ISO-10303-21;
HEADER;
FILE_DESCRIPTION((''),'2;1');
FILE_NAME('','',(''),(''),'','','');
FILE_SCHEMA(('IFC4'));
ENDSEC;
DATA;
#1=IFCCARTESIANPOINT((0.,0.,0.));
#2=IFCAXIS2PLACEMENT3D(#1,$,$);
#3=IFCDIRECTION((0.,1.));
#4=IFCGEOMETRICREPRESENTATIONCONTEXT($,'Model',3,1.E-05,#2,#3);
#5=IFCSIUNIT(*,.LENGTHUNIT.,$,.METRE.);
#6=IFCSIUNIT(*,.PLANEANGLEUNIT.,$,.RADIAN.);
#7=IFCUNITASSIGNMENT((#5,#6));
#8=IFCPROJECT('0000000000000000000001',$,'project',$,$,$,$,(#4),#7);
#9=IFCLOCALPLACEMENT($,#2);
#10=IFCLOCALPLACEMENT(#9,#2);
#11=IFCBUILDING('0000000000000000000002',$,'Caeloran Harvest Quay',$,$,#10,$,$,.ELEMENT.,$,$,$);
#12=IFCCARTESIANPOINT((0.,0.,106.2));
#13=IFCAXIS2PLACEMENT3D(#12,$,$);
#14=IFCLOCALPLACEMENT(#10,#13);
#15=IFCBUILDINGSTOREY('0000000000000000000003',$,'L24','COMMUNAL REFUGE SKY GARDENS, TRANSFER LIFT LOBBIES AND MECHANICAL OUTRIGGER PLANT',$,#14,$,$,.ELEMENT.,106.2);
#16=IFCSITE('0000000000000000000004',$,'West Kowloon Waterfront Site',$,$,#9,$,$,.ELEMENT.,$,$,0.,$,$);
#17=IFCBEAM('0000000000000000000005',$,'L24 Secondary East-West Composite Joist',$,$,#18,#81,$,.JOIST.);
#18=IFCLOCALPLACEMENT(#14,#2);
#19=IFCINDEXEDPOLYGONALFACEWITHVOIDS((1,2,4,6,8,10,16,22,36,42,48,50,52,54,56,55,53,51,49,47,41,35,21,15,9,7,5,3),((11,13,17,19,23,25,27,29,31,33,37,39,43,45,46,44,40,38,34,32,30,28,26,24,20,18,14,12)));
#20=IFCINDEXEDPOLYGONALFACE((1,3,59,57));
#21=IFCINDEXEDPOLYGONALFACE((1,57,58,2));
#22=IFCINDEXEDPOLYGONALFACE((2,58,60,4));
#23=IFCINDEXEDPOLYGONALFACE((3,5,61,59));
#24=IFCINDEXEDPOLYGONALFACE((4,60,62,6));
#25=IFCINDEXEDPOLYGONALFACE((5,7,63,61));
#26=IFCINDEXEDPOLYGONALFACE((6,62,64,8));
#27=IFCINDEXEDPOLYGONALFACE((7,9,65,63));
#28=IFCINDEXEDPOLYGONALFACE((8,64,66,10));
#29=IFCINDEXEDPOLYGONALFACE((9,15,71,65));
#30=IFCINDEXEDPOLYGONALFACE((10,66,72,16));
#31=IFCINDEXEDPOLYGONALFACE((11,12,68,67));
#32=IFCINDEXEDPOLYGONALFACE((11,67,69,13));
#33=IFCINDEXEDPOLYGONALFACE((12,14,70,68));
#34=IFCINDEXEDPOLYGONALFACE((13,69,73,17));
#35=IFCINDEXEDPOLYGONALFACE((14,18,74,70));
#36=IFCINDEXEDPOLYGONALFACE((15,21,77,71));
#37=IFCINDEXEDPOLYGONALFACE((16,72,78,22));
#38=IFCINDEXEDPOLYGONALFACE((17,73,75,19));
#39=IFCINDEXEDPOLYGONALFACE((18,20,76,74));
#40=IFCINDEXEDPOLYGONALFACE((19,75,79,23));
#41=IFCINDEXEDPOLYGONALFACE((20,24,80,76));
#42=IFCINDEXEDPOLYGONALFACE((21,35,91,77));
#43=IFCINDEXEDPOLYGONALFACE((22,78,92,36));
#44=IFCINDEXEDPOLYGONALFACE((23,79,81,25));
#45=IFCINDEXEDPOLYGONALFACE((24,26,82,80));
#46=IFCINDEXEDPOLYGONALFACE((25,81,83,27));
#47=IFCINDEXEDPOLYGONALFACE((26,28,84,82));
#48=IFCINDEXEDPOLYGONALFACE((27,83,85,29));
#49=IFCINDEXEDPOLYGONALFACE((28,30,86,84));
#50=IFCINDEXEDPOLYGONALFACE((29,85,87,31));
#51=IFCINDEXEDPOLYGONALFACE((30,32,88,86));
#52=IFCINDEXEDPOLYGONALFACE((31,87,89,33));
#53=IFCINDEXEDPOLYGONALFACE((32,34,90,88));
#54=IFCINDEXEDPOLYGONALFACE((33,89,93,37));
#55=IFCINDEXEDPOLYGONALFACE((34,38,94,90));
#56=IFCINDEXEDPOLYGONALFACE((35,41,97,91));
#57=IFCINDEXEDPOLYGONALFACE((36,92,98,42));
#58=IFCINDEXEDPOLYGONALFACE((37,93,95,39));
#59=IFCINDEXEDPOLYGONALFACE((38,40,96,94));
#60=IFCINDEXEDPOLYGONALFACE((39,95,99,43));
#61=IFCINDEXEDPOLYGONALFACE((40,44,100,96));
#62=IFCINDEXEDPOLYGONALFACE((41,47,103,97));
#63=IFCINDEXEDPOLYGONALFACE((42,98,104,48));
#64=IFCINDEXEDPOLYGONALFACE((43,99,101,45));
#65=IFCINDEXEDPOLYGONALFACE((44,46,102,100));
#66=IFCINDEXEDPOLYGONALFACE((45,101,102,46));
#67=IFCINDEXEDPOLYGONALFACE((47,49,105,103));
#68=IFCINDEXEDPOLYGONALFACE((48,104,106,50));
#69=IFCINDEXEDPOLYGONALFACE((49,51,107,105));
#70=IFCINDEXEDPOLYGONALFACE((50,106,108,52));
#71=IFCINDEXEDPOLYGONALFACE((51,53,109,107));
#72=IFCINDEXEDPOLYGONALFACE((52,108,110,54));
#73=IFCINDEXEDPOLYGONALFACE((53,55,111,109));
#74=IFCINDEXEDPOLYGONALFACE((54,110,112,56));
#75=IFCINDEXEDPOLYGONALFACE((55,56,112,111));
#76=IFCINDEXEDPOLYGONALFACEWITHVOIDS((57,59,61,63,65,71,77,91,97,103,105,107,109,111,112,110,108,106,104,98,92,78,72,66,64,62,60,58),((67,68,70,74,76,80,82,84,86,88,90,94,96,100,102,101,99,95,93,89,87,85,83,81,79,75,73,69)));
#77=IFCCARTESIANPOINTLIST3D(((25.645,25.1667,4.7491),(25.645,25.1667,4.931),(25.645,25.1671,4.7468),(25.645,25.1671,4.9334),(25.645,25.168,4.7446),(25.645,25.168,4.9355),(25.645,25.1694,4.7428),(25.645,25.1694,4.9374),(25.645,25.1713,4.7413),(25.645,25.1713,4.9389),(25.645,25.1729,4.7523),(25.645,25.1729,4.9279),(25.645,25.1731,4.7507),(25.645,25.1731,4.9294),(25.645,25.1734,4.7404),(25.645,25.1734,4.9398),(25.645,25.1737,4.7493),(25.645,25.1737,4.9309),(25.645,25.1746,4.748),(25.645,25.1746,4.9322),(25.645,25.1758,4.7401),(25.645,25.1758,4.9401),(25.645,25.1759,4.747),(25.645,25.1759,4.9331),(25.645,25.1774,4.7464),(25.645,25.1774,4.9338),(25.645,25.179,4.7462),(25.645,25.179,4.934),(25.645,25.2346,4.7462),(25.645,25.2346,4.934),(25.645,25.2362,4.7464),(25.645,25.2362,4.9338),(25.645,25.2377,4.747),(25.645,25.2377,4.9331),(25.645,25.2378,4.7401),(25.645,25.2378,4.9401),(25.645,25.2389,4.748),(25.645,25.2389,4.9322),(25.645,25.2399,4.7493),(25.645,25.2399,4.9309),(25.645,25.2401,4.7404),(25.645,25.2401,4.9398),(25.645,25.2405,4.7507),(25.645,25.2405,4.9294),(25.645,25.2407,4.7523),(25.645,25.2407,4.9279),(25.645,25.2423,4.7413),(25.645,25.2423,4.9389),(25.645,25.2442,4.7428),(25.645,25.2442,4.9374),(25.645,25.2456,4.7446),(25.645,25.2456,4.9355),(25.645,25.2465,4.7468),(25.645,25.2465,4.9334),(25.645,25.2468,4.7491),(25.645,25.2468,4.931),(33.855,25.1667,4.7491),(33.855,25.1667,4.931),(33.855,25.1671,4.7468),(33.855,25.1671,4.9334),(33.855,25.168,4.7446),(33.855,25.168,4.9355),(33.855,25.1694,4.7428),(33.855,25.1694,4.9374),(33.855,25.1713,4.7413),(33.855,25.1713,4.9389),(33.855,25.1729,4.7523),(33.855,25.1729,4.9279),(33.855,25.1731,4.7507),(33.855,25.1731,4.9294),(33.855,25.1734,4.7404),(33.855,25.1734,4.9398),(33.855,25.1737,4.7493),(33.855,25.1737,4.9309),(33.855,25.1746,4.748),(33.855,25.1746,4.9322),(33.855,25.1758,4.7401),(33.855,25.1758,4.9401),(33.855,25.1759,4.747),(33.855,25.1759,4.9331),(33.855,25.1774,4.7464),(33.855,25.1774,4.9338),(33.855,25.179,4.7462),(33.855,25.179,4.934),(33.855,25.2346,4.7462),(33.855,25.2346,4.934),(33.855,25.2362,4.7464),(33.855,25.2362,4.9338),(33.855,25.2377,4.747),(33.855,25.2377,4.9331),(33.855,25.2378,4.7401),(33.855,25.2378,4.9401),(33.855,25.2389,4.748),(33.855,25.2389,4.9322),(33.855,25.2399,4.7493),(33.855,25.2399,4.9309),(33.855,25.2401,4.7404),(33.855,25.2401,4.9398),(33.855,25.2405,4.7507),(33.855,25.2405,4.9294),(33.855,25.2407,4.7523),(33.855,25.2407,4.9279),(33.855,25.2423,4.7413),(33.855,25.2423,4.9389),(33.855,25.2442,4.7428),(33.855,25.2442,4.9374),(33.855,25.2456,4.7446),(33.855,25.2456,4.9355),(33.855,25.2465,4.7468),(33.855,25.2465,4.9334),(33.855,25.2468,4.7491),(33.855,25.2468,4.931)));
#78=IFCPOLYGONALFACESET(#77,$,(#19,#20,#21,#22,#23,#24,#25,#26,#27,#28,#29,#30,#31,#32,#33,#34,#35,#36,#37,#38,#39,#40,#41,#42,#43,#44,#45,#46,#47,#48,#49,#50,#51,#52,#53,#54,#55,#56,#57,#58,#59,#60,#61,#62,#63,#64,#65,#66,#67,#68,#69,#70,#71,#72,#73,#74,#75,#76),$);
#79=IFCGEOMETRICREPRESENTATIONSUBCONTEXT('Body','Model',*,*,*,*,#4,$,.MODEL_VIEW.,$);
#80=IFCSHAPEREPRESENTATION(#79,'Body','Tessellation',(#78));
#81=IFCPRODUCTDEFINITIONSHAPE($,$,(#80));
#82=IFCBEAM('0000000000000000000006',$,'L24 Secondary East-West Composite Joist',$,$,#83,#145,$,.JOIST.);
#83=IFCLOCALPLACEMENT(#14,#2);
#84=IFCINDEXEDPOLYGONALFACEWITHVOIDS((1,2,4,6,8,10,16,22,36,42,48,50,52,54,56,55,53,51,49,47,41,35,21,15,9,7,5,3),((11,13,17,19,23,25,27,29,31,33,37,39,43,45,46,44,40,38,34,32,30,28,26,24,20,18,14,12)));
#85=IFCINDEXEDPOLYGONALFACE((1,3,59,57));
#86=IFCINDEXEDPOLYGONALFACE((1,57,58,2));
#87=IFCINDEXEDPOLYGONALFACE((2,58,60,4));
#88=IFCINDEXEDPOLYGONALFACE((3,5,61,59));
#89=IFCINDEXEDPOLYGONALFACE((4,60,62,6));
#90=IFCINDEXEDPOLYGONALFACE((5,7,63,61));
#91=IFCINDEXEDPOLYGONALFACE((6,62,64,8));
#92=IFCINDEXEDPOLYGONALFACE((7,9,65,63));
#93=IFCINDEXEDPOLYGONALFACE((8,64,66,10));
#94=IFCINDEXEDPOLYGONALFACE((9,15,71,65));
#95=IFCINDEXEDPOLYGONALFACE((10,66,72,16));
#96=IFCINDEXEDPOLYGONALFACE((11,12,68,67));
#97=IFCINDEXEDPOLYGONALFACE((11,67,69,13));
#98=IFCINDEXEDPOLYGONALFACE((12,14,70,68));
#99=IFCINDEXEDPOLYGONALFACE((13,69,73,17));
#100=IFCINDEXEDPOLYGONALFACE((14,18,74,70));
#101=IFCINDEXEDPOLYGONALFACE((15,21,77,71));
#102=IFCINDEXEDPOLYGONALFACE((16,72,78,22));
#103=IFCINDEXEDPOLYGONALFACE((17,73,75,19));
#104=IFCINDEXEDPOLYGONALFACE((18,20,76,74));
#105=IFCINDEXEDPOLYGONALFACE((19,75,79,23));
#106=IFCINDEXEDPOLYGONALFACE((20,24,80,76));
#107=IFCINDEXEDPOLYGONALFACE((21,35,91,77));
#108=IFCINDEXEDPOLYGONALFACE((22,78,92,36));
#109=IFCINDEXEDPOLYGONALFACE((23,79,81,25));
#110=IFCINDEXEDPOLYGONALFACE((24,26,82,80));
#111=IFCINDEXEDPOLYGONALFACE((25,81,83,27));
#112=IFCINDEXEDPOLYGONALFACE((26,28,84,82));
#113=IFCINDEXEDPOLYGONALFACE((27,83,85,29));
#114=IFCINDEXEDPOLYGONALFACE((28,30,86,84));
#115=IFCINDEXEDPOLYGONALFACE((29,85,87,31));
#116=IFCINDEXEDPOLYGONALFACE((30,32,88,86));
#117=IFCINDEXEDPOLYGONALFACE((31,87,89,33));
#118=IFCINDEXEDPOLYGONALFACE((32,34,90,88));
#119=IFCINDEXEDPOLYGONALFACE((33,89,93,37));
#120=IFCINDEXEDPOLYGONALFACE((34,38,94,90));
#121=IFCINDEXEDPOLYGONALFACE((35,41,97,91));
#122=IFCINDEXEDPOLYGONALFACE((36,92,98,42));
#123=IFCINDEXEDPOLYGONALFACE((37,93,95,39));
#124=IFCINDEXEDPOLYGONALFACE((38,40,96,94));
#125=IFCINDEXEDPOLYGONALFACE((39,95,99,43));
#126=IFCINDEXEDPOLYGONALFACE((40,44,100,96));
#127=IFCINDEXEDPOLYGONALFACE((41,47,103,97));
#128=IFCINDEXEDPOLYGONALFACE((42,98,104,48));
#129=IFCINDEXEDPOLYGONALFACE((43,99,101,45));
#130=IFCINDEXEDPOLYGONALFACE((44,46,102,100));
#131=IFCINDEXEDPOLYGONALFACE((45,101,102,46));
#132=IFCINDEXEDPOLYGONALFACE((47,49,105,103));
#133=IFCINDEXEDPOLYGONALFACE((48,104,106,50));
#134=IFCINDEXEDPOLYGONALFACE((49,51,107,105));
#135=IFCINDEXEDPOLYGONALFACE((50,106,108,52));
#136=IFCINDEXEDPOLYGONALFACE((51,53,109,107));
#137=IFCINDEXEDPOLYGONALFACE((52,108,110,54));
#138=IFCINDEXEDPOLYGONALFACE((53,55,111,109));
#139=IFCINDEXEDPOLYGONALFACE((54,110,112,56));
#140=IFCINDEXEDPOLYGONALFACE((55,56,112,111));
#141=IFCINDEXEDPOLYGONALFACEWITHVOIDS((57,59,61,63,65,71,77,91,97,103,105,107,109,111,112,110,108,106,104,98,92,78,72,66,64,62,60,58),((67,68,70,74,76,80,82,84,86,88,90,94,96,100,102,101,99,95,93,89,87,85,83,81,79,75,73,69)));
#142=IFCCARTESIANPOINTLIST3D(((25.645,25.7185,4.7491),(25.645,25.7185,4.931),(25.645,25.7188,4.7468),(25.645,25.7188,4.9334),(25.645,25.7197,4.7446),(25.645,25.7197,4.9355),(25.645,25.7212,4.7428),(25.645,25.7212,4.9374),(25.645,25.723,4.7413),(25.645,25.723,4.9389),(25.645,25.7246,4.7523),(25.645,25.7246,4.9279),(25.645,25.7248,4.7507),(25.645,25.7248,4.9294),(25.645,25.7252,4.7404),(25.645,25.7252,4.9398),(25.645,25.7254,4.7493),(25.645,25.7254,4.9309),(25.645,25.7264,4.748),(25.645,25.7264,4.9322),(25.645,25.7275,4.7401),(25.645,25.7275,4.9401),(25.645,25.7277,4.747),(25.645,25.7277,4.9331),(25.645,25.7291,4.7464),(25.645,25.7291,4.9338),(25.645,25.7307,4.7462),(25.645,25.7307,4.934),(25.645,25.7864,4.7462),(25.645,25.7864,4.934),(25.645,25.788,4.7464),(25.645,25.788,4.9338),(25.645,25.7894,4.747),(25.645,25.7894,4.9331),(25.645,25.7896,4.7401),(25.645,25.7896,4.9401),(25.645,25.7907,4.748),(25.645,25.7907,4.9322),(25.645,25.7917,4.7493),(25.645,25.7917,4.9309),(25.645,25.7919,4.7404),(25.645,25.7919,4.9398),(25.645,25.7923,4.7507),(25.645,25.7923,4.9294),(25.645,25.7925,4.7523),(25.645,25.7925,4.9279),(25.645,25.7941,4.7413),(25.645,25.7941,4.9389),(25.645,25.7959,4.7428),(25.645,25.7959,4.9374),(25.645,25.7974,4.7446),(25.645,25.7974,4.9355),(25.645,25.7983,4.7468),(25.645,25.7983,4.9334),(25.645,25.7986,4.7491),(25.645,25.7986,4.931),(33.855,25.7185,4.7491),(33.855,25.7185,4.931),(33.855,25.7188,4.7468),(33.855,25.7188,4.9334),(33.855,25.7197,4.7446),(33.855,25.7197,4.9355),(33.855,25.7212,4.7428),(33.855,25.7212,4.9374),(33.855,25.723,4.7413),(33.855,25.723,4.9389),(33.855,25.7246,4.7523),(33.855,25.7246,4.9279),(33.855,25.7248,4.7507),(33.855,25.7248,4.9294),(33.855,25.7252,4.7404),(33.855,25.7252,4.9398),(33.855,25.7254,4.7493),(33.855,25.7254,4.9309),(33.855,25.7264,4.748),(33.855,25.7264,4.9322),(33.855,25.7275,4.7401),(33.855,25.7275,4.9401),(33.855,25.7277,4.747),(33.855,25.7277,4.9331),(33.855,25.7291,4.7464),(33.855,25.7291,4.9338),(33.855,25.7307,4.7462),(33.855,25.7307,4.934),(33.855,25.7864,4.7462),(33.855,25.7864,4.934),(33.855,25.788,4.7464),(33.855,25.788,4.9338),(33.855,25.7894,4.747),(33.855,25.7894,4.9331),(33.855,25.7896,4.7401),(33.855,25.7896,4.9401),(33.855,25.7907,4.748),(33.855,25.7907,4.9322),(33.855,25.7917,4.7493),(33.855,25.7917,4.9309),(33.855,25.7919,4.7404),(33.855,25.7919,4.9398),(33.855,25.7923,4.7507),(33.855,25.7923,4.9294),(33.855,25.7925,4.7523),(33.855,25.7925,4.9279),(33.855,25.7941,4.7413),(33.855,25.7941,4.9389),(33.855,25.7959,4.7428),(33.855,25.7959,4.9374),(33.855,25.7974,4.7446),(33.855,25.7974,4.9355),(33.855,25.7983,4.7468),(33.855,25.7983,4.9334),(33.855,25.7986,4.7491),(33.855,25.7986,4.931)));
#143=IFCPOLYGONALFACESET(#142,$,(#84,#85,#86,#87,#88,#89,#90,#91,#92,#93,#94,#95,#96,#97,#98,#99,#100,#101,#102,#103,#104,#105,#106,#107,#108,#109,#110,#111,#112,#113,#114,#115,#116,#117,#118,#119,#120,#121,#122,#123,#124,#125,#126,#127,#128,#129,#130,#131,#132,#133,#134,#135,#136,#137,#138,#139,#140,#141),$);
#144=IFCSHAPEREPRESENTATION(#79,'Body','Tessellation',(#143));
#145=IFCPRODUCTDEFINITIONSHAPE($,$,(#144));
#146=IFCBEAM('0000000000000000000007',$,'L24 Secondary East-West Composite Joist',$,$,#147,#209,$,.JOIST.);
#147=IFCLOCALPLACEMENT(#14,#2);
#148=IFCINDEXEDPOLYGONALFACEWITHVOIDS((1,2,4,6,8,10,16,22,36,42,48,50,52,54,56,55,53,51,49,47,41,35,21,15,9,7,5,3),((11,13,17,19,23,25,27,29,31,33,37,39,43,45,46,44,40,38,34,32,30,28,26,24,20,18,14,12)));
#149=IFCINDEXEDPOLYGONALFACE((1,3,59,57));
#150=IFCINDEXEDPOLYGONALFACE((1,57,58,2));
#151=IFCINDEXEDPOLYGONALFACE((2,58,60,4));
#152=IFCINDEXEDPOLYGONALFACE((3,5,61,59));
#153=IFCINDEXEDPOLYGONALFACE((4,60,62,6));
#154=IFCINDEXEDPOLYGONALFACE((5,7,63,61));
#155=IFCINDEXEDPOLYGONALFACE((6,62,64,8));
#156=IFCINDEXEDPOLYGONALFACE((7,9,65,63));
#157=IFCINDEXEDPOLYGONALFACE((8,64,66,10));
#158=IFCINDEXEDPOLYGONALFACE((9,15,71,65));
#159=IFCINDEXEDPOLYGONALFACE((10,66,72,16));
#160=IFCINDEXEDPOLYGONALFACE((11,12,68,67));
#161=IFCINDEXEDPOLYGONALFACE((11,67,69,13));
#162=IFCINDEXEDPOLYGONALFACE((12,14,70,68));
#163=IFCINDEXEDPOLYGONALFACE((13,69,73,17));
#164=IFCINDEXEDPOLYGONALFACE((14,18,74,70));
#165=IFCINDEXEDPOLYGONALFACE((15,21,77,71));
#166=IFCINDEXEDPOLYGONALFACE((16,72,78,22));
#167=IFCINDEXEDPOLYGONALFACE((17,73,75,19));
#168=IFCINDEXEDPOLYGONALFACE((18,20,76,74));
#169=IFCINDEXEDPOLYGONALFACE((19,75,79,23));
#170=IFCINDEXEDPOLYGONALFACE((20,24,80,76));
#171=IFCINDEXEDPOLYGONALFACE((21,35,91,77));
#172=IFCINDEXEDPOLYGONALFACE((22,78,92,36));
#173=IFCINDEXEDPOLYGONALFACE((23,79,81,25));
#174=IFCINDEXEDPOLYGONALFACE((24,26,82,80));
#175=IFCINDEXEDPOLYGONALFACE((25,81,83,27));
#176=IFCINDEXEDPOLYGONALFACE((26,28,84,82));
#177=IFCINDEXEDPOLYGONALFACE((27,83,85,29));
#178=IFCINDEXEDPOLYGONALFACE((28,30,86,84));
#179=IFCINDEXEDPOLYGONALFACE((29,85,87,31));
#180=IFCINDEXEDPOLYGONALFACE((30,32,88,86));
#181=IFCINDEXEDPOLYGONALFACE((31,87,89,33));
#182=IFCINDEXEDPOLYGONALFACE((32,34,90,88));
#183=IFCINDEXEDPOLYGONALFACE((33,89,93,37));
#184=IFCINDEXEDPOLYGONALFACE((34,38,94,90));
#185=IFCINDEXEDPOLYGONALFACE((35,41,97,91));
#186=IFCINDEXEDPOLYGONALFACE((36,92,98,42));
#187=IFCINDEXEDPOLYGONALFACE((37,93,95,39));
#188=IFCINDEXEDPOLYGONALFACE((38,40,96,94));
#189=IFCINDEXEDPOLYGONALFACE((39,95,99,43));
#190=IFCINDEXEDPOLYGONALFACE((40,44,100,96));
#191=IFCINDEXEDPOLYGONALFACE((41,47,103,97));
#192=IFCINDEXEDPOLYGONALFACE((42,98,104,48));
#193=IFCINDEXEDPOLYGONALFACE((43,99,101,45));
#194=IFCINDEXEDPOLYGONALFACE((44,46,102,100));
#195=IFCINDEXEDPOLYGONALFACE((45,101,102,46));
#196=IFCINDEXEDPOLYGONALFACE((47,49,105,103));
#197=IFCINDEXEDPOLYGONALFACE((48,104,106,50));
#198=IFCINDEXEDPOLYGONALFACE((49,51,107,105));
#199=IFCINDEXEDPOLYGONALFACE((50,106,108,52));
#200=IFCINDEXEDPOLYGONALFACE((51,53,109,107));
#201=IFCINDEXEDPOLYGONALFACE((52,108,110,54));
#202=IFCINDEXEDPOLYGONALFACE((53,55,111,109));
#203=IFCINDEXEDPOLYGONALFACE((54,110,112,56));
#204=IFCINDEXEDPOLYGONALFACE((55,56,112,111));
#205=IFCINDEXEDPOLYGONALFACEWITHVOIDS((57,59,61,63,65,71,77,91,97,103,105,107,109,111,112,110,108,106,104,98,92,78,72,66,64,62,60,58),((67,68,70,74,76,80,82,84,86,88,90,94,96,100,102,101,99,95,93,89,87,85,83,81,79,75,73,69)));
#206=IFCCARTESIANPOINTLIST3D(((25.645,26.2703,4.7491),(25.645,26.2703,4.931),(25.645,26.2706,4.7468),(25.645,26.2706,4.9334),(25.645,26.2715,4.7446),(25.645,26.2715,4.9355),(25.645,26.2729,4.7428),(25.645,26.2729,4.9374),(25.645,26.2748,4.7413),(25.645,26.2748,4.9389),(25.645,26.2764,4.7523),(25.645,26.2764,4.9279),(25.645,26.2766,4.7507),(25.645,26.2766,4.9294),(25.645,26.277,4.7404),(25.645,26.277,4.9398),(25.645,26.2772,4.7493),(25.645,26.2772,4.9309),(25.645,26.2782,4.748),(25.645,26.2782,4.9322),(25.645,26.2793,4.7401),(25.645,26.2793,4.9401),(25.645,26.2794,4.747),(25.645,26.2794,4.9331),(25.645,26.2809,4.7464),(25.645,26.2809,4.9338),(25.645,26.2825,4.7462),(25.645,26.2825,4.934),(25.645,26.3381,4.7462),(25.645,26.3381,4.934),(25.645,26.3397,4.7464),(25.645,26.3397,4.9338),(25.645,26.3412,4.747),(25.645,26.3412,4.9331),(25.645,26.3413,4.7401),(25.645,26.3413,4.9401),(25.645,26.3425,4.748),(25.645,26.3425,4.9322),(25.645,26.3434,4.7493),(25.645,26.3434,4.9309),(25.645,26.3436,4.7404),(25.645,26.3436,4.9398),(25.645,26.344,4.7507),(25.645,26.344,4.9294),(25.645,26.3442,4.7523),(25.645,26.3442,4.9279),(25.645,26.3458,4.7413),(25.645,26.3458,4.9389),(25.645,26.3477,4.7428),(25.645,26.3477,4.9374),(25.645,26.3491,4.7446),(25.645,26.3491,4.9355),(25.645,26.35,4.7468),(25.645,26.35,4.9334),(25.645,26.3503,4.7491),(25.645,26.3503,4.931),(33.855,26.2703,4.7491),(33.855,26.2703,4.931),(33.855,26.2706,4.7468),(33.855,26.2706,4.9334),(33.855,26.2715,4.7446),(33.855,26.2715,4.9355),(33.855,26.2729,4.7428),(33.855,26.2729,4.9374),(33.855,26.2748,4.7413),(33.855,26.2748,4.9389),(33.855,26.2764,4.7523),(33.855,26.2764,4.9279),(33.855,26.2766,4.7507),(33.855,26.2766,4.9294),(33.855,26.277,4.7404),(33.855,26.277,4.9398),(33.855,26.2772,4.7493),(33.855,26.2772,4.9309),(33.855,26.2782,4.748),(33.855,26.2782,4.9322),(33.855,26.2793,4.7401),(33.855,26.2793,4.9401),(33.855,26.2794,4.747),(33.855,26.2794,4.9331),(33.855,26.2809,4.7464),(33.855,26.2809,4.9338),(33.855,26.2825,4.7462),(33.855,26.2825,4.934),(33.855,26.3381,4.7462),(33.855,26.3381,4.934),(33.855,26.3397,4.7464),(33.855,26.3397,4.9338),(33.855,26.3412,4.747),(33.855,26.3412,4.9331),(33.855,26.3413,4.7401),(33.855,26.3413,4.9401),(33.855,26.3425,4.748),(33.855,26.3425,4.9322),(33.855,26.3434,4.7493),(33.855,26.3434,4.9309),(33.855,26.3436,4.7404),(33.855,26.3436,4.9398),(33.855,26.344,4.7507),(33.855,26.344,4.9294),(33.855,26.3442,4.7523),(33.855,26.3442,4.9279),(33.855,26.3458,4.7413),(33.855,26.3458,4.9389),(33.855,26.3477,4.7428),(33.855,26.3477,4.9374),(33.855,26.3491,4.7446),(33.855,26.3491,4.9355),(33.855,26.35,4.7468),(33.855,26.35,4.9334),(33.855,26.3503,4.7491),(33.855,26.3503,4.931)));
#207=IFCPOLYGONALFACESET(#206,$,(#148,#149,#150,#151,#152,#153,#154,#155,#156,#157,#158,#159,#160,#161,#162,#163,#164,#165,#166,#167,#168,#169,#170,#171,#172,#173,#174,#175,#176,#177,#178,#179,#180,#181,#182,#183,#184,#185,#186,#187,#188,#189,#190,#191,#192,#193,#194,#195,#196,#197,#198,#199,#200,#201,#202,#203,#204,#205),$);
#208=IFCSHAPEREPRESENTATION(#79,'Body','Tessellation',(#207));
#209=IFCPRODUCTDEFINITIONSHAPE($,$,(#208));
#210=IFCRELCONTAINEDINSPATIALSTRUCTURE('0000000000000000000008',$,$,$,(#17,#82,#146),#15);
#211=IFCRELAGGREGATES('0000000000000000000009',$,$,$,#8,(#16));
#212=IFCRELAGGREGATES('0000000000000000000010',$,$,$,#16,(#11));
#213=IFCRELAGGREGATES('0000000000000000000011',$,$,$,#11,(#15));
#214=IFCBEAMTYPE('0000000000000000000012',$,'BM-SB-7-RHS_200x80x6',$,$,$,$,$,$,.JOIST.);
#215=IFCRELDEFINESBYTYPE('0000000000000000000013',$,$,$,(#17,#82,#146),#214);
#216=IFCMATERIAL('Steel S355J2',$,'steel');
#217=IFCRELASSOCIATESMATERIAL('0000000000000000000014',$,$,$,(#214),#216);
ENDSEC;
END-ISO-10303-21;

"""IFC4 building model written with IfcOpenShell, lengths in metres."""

from ifc_helpers import new_model, si_unit, direction, frame, origin, origin_2d, place, context, subcontext, project, spatial, hollow_rectangle, extrude, material, material_profile, profile_set, type_object, element, save


model = new_model("IFC4")

# Units and contexts
model_context = context("Model", 3, precision=1e-05, world=origin(), true_north=direction((0.0, 1.0)))
body_context = subcontext(model_context, "Body", "Model", "MODEL_VIEW")
ifc_project = project(units=[si_unit("LENGTHUNIT", "METRE"), si_unit("PLANEANGLEUNIT", "RADIAN")], contexts=[model_context])

# Site, building, storey
site_placement = place(None, origin())
site = spatial("IfcSite", under=ifc_project, at=site_placement, Name="West Kowloon Waterfront Site", CompositionType="ELEMENT", RefElevation=0.0)
building_placement = place(site_placement, origin())
building = spatial("IfcBuilding", under=site, at=building_placement, Name="Caeloran Harvest Quay", CompositionType="ELEMENT")
storey_placement = place(building_placement, frame((0.0, 0.0, 106.2)))
storey = spatial("IfcBuildingStorey", under=building, at=storey_placement, Name="L24", Description="COMMUNAL REFUGE SKY GARDENS, TRANSFER LIFT LOBBIES AND MECHANICAL OUTRIGGER PLANT", CompositionType="ELEMENT", Elevation=106.2)

# Beams
ifc_material = material(Name="Steel S355J2", Category="steel")
ifc_material_profile_1 = material_profile(ifc_material, hollow_rectangle(XDim=0.0801, YDim=0.2, WallThickness=0.0061, InnerFilletRadius=0.0061, OuterFilletRadius=0.009, at=origin_2d()), Name="RHS 200x80x6")
ifc_profile_set_1 = profile_set([ifc_material_profile_1], Name="Steel S355J2")
beam_type_1 = type_object("IfcBeamType", Name="BM-SB-7-RHS_200x80x6", PredefinedType="JOIST", material=ifc_profile_set_1)
for number, where, z_axis, x_axis, name in (
    (1, (25.645, 25.2068, 4.8401), (1.0, 0.0, 0.0), (0.0, 1.0, 0.0), "L24 Secondary East-West Composite Joist"),
    (2, (25.645, 25.7585, 4.8401), (1.0, 0.0, 0.0), (0.0, 1.0, 0.0), "L24 Secondary East-West Composite Joist"),
    (3, (25.645, 26.3103, 4.8401), (1.0, 0.0, 0.0), (0.0, 1.0, 0.0), "L24 Secondary East-West Composite Joist"),
):
    element("IfcBeam", number, at=place(storey_placement, frame(where, z_axis=z_axis, x_axis=x_axis)), inside=storey, type_object=beam_type_1, Name=name, PredefinedType="JOIST", context=body_context, shape_type="SweptSolid", body=[
        extrude(hollow_rectangle(XDim=0.0801, YDim=0.2, WallThickness=0.0061, InnerFilletRadius=0.0061, OuterFilletRadius=0.009, at=origin_2d()), origin(), (0.0, 0.0, 1.0), 8.21),
    ])

save(model, "model.ifc")
